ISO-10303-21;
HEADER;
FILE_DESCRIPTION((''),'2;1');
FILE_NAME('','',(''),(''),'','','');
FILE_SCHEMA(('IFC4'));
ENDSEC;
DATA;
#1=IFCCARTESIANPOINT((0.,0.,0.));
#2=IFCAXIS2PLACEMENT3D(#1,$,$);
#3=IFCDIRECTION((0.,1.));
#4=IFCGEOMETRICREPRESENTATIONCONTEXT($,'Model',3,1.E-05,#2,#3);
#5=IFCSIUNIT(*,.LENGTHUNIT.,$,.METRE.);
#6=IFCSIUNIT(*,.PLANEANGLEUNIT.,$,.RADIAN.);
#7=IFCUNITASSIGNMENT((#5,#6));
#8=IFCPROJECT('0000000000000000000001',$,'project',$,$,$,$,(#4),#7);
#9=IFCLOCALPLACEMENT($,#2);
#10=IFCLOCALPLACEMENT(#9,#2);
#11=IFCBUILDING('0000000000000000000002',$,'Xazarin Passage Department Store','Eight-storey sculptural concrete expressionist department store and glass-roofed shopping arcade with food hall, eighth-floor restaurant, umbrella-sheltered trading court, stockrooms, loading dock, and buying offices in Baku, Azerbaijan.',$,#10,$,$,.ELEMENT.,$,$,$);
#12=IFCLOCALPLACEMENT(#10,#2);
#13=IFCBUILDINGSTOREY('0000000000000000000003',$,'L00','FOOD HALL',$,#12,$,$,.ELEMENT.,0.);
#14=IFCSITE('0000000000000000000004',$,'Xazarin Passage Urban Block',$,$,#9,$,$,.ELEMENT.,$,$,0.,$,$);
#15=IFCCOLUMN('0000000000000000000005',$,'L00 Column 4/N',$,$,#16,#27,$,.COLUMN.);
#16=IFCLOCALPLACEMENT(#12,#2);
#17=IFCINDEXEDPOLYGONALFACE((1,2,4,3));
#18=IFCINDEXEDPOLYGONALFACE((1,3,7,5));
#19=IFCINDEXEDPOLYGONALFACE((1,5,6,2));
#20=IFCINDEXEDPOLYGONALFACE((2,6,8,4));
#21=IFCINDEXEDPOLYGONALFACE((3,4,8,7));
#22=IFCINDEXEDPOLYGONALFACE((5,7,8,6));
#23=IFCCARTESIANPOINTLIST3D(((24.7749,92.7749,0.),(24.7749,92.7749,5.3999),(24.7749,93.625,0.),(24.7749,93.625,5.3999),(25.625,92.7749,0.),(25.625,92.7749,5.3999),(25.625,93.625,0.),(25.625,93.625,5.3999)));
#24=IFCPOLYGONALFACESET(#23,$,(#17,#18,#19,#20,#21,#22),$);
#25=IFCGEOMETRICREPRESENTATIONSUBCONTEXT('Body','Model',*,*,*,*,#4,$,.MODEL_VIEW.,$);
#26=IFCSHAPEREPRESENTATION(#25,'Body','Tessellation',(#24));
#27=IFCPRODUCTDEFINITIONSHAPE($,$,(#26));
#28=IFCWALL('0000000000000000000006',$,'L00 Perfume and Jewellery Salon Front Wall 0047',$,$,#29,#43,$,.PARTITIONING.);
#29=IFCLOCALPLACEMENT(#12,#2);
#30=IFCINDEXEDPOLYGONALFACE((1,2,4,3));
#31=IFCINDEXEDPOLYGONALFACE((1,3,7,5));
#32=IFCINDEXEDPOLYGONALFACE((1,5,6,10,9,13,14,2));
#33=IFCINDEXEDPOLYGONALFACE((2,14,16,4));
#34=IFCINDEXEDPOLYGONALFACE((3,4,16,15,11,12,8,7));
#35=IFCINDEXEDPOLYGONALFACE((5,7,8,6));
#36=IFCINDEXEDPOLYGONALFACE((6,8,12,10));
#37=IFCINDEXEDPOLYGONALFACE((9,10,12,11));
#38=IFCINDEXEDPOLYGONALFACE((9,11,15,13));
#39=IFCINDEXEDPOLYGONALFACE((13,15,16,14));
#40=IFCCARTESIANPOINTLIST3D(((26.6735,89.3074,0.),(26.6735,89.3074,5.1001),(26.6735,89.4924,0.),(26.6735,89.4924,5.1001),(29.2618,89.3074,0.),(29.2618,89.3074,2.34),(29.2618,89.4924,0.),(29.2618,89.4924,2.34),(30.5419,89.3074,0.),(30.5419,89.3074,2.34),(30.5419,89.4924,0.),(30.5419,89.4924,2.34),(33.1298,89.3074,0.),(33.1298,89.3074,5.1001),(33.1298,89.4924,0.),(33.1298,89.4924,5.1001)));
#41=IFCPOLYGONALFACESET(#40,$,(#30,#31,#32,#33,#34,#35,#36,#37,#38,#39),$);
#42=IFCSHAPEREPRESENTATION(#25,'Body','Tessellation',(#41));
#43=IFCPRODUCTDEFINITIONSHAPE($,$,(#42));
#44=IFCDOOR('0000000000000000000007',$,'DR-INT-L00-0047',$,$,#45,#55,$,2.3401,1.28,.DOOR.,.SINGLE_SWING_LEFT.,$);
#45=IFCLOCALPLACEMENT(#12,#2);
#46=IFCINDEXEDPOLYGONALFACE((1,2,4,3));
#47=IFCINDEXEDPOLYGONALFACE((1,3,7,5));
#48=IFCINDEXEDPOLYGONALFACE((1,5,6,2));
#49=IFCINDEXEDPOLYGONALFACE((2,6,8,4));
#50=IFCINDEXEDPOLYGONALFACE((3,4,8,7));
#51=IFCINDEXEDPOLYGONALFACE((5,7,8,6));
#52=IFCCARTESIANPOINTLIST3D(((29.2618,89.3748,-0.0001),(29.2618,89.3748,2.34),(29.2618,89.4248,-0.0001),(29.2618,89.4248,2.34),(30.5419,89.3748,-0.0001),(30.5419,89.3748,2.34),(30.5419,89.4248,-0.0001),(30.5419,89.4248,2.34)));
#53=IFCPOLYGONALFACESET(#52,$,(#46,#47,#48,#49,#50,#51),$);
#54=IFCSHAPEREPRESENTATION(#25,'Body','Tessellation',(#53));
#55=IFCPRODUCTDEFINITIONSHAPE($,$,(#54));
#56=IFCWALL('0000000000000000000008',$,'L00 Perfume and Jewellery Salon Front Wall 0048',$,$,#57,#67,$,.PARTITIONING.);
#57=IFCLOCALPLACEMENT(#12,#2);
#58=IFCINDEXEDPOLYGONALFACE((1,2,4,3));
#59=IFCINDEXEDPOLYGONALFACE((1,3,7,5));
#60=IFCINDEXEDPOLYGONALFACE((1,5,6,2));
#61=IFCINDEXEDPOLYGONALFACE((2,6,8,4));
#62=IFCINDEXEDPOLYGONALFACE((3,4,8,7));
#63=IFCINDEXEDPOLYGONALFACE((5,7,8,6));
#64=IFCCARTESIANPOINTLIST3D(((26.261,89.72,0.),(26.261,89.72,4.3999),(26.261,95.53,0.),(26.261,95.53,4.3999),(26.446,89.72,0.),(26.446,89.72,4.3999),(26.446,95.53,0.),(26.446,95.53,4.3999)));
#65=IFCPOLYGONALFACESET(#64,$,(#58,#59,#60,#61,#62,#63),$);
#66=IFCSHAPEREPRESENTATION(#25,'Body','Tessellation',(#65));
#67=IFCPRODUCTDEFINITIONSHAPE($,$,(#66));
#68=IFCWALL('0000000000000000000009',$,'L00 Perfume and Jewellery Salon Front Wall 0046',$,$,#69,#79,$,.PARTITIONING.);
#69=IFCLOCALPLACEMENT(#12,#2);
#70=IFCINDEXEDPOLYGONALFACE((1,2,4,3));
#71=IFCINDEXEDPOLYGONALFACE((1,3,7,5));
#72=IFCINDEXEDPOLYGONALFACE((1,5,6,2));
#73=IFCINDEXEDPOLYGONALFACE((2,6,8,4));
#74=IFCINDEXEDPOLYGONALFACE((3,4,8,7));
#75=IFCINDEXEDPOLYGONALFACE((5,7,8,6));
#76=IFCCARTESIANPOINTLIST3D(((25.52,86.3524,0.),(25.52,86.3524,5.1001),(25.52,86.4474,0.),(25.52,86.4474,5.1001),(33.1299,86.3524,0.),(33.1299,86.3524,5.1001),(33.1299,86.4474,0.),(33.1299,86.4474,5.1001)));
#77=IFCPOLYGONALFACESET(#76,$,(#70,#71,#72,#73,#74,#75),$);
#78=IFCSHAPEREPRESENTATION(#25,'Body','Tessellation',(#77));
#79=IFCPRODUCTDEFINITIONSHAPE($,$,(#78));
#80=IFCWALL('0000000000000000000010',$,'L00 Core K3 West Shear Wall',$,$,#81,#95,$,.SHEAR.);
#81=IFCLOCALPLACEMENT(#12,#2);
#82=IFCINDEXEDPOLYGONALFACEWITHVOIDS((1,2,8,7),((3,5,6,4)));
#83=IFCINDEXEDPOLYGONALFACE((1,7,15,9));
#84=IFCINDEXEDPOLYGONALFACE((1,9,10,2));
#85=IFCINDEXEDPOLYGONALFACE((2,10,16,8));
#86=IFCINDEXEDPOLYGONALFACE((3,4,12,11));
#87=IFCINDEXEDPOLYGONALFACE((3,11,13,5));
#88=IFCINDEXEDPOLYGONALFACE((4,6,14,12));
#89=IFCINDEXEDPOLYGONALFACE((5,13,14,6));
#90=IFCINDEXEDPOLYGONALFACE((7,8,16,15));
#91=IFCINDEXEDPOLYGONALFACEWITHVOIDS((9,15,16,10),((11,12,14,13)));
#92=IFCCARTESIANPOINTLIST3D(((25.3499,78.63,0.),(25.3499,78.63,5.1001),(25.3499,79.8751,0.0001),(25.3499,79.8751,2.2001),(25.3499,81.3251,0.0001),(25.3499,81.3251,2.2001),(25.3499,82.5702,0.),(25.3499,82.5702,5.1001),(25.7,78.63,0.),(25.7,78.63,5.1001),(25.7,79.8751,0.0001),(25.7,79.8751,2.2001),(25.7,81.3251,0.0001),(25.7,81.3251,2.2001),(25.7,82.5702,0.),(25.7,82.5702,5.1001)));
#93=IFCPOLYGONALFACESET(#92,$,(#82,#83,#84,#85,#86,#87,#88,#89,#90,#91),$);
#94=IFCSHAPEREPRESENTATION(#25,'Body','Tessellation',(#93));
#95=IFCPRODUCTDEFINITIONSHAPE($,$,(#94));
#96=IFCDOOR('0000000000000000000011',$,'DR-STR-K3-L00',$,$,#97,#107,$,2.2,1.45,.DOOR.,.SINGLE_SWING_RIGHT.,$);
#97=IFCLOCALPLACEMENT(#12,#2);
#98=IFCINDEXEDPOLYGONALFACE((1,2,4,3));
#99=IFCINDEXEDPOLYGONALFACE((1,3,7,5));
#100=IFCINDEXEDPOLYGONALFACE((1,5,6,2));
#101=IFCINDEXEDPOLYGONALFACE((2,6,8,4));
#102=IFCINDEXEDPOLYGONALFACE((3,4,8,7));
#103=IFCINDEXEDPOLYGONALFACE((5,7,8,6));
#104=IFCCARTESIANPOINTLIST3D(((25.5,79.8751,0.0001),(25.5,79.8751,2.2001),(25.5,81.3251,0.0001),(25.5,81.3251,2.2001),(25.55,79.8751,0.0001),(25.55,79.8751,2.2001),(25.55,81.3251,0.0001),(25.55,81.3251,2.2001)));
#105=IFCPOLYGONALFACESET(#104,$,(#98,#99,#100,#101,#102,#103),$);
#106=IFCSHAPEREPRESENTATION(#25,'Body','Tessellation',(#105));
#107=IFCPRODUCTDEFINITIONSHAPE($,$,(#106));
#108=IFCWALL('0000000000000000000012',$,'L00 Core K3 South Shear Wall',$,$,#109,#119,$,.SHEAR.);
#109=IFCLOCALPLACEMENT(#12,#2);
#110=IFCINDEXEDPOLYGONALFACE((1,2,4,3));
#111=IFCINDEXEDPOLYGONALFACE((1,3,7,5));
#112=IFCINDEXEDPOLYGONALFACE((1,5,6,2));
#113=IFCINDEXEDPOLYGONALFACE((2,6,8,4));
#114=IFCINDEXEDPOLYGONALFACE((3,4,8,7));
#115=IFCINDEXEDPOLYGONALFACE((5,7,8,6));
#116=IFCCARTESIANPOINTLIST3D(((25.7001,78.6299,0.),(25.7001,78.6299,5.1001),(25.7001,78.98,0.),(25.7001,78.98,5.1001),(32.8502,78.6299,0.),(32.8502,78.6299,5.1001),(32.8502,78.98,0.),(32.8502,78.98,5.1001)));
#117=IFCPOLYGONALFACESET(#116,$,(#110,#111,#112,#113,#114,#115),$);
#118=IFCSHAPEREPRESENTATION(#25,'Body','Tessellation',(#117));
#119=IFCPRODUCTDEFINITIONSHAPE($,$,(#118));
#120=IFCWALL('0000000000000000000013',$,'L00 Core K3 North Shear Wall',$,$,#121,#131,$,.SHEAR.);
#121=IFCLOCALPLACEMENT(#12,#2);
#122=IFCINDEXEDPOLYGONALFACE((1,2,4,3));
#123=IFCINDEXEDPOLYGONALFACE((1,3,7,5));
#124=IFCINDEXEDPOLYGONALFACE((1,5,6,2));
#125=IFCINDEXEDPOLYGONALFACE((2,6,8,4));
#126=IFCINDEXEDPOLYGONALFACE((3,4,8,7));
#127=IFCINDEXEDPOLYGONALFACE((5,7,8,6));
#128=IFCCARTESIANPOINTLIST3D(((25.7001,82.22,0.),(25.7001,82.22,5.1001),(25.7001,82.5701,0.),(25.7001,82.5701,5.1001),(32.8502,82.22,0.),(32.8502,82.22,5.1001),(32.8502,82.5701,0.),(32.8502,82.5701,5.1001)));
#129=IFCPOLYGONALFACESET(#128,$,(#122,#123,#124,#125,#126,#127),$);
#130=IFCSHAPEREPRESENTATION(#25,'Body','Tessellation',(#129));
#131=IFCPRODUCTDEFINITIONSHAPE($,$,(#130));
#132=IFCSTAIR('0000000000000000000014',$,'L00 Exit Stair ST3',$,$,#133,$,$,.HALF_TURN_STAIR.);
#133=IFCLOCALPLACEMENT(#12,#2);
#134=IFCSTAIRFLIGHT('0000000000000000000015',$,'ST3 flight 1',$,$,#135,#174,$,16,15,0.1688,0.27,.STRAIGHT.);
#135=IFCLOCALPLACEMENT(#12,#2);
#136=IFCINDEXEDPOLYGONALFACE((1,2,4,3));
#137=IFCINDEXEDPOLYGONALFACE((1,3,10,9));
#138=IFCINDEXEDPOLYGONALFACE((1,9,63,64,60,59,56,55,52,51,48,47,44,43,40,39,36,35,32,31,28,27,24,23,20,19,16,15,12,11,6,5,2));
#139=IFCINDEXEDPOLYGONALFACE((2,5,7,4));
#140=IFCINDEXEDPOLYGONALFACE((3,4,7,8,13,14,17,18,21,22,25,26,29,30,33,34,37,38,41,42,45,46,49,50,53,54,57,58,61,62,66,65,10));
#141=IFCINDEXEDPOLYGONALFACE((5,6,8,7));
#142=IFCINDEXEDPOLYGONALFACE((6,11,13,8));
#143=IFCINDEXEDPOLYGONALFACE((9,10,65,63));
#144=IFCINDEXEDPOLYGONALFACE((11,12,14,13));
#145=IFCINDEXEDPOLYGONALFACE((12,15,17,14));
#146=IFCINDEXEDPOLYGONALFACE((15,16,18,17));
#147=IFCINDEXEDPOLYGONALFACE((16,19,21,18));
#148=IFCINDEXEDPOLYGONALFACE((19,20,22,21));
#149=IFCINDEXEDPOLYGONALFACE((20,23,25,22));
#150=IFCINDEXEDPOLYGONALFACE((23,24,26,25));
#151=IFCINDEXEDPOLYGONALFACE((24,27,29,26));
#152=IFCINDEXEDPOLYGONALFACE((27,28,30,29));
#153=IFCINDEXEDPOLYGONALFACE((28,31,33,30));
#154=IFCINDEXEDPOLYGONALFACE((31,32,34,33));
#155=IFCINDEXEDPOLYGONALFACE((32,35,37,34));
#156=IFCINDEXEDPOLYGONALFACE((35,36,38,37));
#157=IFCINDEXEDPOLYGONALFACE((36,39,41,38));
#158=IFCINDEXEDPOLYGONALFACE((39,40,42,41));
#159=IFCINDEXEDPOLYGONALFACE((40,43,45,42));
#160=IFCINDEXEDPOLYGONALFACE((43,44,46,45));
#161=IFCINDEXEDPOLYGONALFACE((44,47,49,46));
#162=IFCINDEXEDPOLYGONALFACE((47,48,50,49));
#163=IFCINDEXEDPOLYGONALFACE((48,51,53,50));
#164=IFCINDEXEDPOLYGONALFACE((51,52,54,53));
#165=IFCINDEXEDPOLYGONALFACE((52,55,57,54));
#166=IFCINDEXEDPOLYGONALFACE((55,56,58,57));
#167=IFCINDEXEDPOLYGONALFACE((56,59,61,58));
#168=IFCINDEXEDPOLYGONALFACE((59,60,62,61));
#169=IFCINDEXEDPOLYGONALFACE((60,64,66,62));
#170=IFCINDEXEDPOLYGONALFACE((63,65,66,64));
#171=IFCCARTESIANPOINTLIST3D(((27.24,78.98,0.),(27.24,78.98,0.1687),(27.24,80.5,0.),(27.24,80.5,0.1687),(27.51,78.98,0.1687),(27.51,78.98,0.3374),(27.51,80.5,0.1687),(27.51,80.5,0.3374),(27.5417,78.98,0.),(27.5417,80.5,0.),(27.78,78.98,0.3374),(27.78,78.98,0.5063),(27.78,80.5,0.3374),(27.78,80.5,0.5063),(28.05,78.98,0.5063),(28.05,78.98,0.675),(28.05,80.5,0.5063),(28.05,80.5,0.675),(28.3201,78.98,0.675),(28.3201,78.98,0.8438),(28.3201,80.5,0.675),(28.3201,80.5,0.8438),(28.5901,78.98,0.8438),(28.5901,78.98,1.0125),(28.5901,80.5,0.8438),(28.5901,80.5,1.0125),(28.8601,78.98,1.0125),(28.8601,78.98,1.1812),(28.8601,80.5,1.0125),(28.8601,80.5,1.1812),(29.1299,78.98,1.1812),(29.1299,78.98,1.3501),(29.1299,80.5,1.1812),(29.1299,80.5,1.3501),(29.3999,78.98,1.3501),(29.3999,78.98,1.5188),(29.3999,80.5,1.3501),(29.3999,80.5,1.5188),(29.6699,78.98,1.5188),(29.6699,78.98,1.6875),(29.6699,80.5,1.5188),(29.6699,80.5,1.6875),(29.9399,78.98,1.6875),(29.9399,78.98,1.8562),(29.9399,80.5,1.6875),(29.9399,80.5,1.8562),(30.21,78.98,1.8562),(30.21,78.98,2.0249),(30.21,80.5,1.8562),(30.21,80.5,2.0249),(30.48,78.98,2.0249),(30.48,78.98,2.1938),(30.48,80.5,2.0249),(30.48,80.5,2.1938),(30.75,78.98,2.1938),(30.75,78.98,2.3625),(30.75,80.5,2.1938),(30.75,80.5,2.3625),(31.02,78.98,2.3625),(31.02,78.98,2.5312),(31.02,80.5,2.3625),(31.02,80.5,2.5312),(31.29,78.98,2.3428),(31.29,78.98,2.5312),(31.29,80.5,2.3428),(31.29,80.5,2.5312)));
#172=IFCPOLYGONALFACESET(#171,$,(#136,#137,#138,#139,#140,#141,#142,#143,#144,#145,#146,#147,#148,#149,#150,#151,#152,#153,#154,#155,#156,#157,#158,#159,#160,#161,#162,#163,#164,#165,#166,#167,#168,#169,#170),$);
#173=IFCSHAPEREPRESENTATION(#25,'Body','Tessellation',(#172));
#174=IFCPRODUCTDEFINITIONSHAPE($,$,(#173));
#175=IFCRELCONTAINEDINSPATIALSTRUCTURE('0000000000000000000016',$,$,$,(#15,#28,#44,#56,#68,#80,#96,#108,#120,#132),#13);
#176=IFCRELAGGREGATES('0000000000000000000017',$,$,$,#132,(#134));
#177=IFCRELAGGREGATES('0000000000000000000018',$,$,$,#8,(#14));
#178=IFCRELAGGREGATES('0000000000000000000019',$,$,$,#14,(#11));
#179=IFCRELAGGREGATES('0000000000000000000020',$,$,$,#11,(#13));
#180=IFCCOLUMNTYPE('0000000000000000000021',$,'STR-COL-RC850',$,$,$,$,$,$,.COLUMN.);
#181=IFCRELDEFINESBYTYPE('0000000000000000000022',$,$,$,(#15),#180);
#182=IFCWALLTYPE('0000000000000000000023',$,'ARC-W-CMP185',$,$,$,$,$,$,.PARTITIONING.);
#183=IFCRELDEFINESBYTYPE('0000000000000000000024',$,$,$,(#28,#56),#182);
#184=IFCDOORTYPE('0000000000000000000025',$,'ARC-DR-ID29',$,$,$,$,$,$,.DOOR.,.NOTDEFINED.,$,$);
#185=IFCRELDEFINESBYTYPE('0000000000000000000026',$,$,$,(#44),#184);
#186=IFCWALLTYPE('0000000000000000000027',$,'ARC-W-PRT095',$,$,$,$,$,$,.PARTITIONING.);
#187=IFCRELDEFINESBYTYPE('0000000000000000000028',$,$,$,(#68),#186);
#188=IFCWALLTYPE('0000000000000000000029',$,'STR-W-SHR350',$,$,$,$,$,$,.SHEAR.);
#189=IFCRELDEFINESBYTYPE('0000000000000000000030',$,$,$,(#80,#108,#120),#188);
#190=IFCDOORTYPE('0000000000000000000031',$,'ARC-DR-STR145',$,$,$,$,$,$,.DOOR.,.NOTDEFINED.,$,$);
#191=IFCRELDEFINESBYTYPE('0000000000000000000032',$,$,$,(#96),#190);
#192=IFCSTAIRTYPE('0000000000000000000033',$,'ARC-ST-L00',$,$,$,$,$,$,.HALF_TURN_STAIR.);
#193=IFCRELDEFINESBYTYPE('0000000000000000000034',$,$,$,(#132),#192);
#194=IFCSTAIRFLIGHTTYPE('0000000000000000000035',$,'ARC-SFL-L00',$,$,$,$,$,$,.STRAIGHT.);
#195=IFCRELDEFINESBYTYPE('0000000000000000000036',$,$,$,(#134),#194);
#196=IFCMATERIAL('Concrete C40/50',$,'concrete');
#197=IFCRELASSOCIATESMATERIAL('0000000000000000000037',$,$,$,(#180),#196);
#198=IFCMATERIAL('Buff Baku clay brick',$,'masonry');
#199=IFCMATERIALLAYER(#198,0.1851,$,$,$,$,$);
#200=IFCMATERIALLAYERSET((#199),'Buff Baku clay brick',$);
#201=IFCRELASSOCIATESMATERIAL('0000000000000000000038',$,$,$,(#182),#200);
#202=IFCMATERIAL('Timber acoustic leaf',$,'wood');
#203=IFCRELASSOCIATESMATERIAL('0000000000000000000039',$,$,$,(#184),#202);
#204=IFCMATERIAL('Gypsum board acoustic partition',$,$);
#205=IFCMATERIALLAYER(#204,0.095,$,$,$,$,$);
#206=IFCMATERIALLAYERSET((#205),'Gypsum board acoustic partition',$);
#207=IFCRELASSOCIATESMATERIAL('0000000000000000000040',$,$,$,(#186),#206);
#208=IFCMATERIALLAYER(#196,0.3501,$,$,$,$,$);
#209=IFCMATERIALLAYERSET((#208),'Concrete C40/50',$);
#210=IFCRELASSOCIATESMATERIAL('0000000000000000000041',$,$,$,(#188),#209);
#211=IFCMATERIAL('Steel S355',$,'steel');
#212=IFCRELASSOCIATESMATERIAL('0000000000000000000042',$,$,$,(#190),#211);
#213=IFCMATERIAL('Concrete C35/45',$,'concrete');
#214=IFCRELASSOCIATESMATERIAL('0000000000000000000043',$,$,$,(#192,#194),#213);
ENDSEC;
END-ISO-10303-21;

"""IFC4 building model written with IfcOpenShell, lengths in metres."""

from ifc_helpers import new_model, si_unit, direction, frame, frame_2d, origin, origin_2d, place, context, subcontext, project, spatial, polyline, rectangle, outline, extrude, material, layer, layer_set, material_profile, profile_set, type_object, element, fill, aggregate, save


model = new_model("IFC4")

# Units and contexts
model_context = context("Model", 3, precision=1e-05, world=origin(), true_north=direction((0.0, 1.0)))
body_context = subcontext(model_context, "Body", "Model", "MODEL_VIEW")
ifc_project = project(units=[si_unit("LENGTHUNIT", "METRE"), si_unit("PLANEANGLEUNIT", "RADIAN")], contexts=[model_context])

# Site, building, storey
site_placement = place(None, origin())
site = spatial("IfcSite", under=ifc_project, at=site_placement, Name="Xazarin Passage Urban Block", CompositionType="ELEMENT", RefElevation=0.0)
building_placement = place(site_placement, origin())
building = spatial("IfcBuilding", under=site, at=building_placement, Name="Xazarin Passage Department Store", Description="Eight-storey sculptural concrete expressionist department store and glass-roofed shopping arcade with food hall, eighth-floor restaurant, umbrella-sheltered trading court, stockrooms, loading dock, and buying offices in Baku, Azerbaijan.", CompositionType="ELEMENT")
storey_placement = place(building_placement, origin())
storey = spatial("IfcBuildingStorey", under=building, at=storey_placement, Name="L00", Description="FOOD HALL", CompositionType="ELEMENT", Elevation=0.0)

# Shared definitions
ifc_material_1 = material(Name="Concrete C35/45", Category="concrete")

# Column
ifc_material_2 = material(Name="Concrete C40/50", Category="concrete")
ifc_material_profile_1 = material_profile(ifc_material_2, rectangle(XDim=0.8501, YDim=0.8501, at=origin_2d()), Name="RC 850x850")
ifc_profile_set_1 = profile_set([ifc_material_profile_1], Name="Concrete C40/50")
column_type = type_object("IfcColumnType", Name="STR-COL-RC850", PredefinedType="COLUMN", material=ifc_profile_set_1)
for number, where, z_axis, x_axis, name in (
    (1, (25.2, 93.2, 0.0), (0.0, 0.0, 1.0), (1.0, 0.0, 0.0), "L00 Column 4/N"),
):
    element("IfcColumn", number, at=place(storey_placement, frame(where, z_axis=z_axis, x_axis=x_axis)), inside=storey, type_object=column_type, Name=name, PredefinedType="COLUMN", context=body_context, shape_type="SweptSolid", body=[
        extrude(rectangle(XDim=0.8501, YDim=0.8501, at=origin_2d()), origin(), (0.0, 0.0, 1.0), 5.3999),
    ])

# Wall, opening, door
ifc_material_3 = material(Name="Buff Baku clay brick", Category="masonry")
ifc_layer_1 = layer(ifc_material_3, 0.1851)
ifc_layer_set_1 = layer_set([ifc_layer_1], Name="Buff Baku clay brick")
wall_type_1 = type_object("IfcWallType", Name="ARC-W-CMP185", PredefinedType="PARTITIONING", material=ifc_layer_set_1)
wall_1_placement = place(storey_placement, frame((26.6736, 89.3999, 0.0), z_axis=(0.0, 0.0, 1.0), x_axis=(1.0, 0.0, 0.0)))
wall_1 = element("IfcWall", 2, at=wall_1_placement, inside=storey, type_object=wall_type_1, Name="L00 Perfume and Jewellery Salon Front Wall 0047", PredefinedType="PARTITIONING", context=body_context, shape_type="SweptSolid", body=[
    extrude(rectangle(XDim=6.4563, YDim=0.1851, at=frame_2d((3.228, 0.0))), origin(), (0.0, 0.0, 1.0), 5.1001),
])
opening_1_placement = place(wall_1_placement, frame((2.5881, 0.0, 0.0)))
opening_1 = element("IfcOpeningElement", 3, at=opening_1_placement, cuts=wall_1, PredefinedType="OPENING", context=body_context, shape_type="SweptSolid", body=[
    extrude(rectangle(XDim=1.28, YDim=2.3401, at=frame_2d((0.6401, 1.1699))), frame((0.0, 0.1025, 0.0), z_axis=(0.0, -1.0, 0.0), x_axis=(1.0, 0.0, 0.0)), (0.0, 0.0, 1.0), 0.2051),
])
ifc_material_4 = material(Name="Timber acoustic leaf", Category="wood")
door_type_1 = type_object("IfcDoorType", Name="ARC-DR-ID29", OperationType="NOTDEFINED", PredefinedType="DOOR", material=ifc_material_4)
door_1_placement = place(opening_1_placement, origin())
door_1 = element("IfcDoor", 4, at=door_1_placement, inside=storey, type_object=door_type_1, Name="DR-INT-L00-0047", OperationType="SINGLE_SWING_LEFT", OverallHeight=2.3401, OverallWidth=1.28, PredefinedType="DOOR", context=body_context, shape_type="SweptSolid", body=[
    extrude(rectangle(XDim=1.28, YDim=2.3401, at=frame_2d((0.6401, 1.1699))), frame((0.0, 0.0249, 0.0), z_axis=(0.0, -1.0, 0.0), x_axis=(1.0, 0.0, 0.0)), (0.0, 0.0, 1.0), 0.05),
])
fill(opening_1, door_1)

# Walls
wall_2_placement = place(storey_placement, frame((26.3535, 89.72, 0.0), z_axis=(0.0, 0.0, 1.0), x_axis=(0.0, 1.0, 0.0)))
element("IfcWall", 5, at=wall_2_placement, inside=storey, type_object=wall_type_1, Name="L00 Perfume and Jewellery Salon Front Wall 0048", PredefinedType="PARTITIONING", context=body_context, shape_type="SweptSolid", body=[
    extrude(rectangle(XDim=5.8101, YDim=0.1851, at=frame_2d((2.905, 0.0))), origin(), (0.0, 0.0, 1.0), 4.3999),
])
ifc_material_5 = material(Name="Gypsum board acoustic partition")
ifc_layer_2 = layer(ifc_material_5, 0.095)
ifc_layer_set_2 = layer_set([ifc_layer_2], Name="Gypsum board acoustic partition")
wall_type_2 = type_object("IfcWallType", Name="ARC-W-PRT095", PredefinedType="PARTITIONING", material=ifc_layer_set_2)
wall_3_placement = place(storey_placement, frame((25.52, 86.3999, 0.0), z_axis=(0.0, 0.0, 1.0), x_axis=(1.0, 0.0, 0.0)))
element("IfcWall", 6, at=wall_3_placement, inside=storey, type_object=wall_type_2, Name="L00 Perfume and Jewellery Salon Front Wall 0046", PredefinedType="PARTITIONING", context=body_context, shape_type="SweptSolid", body=[
    extrude(rectangle(XDim=7.6099, YDim=0.095, at=frame_2d((3.8049, 0.0))), origin(), (0.0, 0.0, 1.0), 5.1001),
])

# Wall, opening, door
ifc_layer_3 = layer(ifc_material_2, 0.3501)
ifc_layer_set_3 = layer_set([ifc_layer_3], Name="Concrete C40/50")
wall_type_3 = type_object("IfcWallType", Name="STR-W-SHR350", PredefinedType="SHEAR", material=ifc_layer_set_3)
wall_4_placement = place(storey_placement, frame((25.5249, 78.6299, 0.0), z_axis=(0.0, 0.0, 1.0), x_axis=(0.0, 1.0, 0.0)))
wall_4 = element("IfcWall", 7, at=wall_4_placement, inside=storey, type_object=wall_type_3, Name="L00 Core K3 West Shear Wall", PredefinedType="SHEAR", context=body_context, shape_type="SweptSolid", body=[
    extrude(rectangle(XDim=3.9402, YDim=0.3501, at=frame_2d((1.9702, 0.0))), origin(), (0.0, 0.0, 1.0), 5.1001),
])
opening_2_placement = place(wall_4_placement, frame((1.2451, 0.0, 0.0)))
opening_2 = element("IfcOpeningElement", 8, at=opening_2_placement, cuts=wall_4, PredefinedType="OPENING", context=body_context, shape_type="SweptSolid", body=[
    extrude(rectangle(XDim=1.45, YDim=2.2, at=frame_2d((0.7251, 1.1001))), frame((0.0, 0.1851, 0.0), z_axis=(0.0, -1.0, 0.0), x_axis=(1.0, 0.0, 0.0)), (0.0, 0.0, 1.0), 0.3701),
])
ifc_material_6 = material(Name="Steel S355", Category="steel")
door_type_2 = type_object("IfcDoorType", Name="ARC-DR-STR145", OperationType="NOTDEFINED", PredefinedType="DOOR", material=ifc_material_6)
door_2_placement = place(opening_2_placement, origin())
door_2 = element("IfcDoor", 9, at=door_2_placement, inside=storey, type_object=door_type_2, Name="DR-STR-K3-L00", OperationType="SINGLE_SWING_RIGHT", OverallHeight=2.2, OverallWidth=1.45, PredefinedType="DOOR", context=body_context, shape_type="SweptSolid", body=[
    extrude(rectangle(XDim=1.45, YDim=2.2, at=frame_2d((0.7251, 1.1001))), frame((0.0, 0.0249, 0.0), z_axis=(0.0, -1.0, 0.0), x_axis=(1.0, 0.0, 0.0)), (0.0, 0.0, 1.0), 0.05),
])
fill(opening_2, door_2)

# Walls
for number, where, z_axis, x_axis, name in (
    (10, (25.7, 78.8049, 0.0), (0.0, 0.0, 1.0), (1.0, 0.0, 0.0), "L00 Core K3 South Shear Wall"),
    (11, (25.7, 82.395, 0.0), (0.0, 0.0, 1.0), (1.0, 0.0, 0.0), "L00 Core K3 North Shear Wall"),
):
    element("IfcWall", number, at=place(storey_placement, frame(where, z_axis=z_axis, x_axis=x_axis)), inside=storey, type_object=wall_type_3, Name=name, PredefinedType="SHEAR", context=body_context, shape_type="SweptSolid", body=[
        extrude(rectangle(XDim=7.1501, YDim=0.3501, at=frame_2d((3.5752, 0.0))), origin(), (0.0, 0.0, 1.0), 5.1001),
    ])

# Stair, stair flight
stair_type = type_object("IfcStairType", Name="ARC-ST-L00", PredefinedType="HALF_TURN_STAIR", material=ifc_material_1)
stair_placement = place(storey_placement, origin())
stair = element("IfcStair", 12, at=stair_placement, inside=storey, type_object=stair_type, Name="L00 Exit Stair ST3", PredefinedType="HALF_TURN_STAIR")
stair_flight_type = type_object("IfcStairFlightType", Name="ARC-SFL-L00", PredefinedType="STRAIGHT", material=ifc_material_1)
stair_flight_1_placement = place(storey_placement, frame((27.24, 79.74, 0.0), z_axis=(0.0, 0.0, 1.0), x_axis=(1.0, 0.0, 0.0)))
stair_flight_1 = element("IfcStairFlight", 13, at=stair_flight_1_placement, type_object=stair_flight_type, Name="ST3 flight 1", NumberOfRisers=16, NumberOfTreads=15, PredefinedType="STRAIGHT", RiserHeight=0.1688, TreadLength=0.27, context=body_context, shape_type="SweptSolid", body=[
    extrude(outline(polyline([(0.0, 0.0), (0.0, 0.1687), (0.27, 0.1687), (0.27, 0.3374), (0.54, 0.3374), (0.54, 0.5063), (0.8101, 0.5063), (0.8101, 0.675), (1.0801, 0.675), (1.0801, 0.8438), (1.3501, 0.8438), (1.3501, 1.0125), (1.6201, 1.0125), (1.6201, 1.1812), (1.8899, 1.1812), (1.8899, 1.3501), (2.1599, 1.3501), (2.1599, 1.5188), (2.4299, 1.5188), (2.4299, 1.6875), (2.7, 1.6875), (2.7, 1.8562), (2.97, 1.8562), (2.97, 2.0249), (3.24, 2.0249), (3.24, 2.1938), (3.51, 2.1938), (3.51, 2.3625), (3.78, 2.3625), (3.78, 2.5312), (4.05, 2.5312), (4.05, 2.7), (4.05, 2.3428), (0.3018, 0.0), (0.0, 0.0)])), frame((0.0, 0.76, 0.0), z_axis=(0.0, -1.0, 0.0), x_axis=(1.0, 0.0, 0.0)), (0.0, 0.0, 1.0), 1.52),
])
aggregate(stair, [stair_flight_1])

save(model, "model.ifc")
